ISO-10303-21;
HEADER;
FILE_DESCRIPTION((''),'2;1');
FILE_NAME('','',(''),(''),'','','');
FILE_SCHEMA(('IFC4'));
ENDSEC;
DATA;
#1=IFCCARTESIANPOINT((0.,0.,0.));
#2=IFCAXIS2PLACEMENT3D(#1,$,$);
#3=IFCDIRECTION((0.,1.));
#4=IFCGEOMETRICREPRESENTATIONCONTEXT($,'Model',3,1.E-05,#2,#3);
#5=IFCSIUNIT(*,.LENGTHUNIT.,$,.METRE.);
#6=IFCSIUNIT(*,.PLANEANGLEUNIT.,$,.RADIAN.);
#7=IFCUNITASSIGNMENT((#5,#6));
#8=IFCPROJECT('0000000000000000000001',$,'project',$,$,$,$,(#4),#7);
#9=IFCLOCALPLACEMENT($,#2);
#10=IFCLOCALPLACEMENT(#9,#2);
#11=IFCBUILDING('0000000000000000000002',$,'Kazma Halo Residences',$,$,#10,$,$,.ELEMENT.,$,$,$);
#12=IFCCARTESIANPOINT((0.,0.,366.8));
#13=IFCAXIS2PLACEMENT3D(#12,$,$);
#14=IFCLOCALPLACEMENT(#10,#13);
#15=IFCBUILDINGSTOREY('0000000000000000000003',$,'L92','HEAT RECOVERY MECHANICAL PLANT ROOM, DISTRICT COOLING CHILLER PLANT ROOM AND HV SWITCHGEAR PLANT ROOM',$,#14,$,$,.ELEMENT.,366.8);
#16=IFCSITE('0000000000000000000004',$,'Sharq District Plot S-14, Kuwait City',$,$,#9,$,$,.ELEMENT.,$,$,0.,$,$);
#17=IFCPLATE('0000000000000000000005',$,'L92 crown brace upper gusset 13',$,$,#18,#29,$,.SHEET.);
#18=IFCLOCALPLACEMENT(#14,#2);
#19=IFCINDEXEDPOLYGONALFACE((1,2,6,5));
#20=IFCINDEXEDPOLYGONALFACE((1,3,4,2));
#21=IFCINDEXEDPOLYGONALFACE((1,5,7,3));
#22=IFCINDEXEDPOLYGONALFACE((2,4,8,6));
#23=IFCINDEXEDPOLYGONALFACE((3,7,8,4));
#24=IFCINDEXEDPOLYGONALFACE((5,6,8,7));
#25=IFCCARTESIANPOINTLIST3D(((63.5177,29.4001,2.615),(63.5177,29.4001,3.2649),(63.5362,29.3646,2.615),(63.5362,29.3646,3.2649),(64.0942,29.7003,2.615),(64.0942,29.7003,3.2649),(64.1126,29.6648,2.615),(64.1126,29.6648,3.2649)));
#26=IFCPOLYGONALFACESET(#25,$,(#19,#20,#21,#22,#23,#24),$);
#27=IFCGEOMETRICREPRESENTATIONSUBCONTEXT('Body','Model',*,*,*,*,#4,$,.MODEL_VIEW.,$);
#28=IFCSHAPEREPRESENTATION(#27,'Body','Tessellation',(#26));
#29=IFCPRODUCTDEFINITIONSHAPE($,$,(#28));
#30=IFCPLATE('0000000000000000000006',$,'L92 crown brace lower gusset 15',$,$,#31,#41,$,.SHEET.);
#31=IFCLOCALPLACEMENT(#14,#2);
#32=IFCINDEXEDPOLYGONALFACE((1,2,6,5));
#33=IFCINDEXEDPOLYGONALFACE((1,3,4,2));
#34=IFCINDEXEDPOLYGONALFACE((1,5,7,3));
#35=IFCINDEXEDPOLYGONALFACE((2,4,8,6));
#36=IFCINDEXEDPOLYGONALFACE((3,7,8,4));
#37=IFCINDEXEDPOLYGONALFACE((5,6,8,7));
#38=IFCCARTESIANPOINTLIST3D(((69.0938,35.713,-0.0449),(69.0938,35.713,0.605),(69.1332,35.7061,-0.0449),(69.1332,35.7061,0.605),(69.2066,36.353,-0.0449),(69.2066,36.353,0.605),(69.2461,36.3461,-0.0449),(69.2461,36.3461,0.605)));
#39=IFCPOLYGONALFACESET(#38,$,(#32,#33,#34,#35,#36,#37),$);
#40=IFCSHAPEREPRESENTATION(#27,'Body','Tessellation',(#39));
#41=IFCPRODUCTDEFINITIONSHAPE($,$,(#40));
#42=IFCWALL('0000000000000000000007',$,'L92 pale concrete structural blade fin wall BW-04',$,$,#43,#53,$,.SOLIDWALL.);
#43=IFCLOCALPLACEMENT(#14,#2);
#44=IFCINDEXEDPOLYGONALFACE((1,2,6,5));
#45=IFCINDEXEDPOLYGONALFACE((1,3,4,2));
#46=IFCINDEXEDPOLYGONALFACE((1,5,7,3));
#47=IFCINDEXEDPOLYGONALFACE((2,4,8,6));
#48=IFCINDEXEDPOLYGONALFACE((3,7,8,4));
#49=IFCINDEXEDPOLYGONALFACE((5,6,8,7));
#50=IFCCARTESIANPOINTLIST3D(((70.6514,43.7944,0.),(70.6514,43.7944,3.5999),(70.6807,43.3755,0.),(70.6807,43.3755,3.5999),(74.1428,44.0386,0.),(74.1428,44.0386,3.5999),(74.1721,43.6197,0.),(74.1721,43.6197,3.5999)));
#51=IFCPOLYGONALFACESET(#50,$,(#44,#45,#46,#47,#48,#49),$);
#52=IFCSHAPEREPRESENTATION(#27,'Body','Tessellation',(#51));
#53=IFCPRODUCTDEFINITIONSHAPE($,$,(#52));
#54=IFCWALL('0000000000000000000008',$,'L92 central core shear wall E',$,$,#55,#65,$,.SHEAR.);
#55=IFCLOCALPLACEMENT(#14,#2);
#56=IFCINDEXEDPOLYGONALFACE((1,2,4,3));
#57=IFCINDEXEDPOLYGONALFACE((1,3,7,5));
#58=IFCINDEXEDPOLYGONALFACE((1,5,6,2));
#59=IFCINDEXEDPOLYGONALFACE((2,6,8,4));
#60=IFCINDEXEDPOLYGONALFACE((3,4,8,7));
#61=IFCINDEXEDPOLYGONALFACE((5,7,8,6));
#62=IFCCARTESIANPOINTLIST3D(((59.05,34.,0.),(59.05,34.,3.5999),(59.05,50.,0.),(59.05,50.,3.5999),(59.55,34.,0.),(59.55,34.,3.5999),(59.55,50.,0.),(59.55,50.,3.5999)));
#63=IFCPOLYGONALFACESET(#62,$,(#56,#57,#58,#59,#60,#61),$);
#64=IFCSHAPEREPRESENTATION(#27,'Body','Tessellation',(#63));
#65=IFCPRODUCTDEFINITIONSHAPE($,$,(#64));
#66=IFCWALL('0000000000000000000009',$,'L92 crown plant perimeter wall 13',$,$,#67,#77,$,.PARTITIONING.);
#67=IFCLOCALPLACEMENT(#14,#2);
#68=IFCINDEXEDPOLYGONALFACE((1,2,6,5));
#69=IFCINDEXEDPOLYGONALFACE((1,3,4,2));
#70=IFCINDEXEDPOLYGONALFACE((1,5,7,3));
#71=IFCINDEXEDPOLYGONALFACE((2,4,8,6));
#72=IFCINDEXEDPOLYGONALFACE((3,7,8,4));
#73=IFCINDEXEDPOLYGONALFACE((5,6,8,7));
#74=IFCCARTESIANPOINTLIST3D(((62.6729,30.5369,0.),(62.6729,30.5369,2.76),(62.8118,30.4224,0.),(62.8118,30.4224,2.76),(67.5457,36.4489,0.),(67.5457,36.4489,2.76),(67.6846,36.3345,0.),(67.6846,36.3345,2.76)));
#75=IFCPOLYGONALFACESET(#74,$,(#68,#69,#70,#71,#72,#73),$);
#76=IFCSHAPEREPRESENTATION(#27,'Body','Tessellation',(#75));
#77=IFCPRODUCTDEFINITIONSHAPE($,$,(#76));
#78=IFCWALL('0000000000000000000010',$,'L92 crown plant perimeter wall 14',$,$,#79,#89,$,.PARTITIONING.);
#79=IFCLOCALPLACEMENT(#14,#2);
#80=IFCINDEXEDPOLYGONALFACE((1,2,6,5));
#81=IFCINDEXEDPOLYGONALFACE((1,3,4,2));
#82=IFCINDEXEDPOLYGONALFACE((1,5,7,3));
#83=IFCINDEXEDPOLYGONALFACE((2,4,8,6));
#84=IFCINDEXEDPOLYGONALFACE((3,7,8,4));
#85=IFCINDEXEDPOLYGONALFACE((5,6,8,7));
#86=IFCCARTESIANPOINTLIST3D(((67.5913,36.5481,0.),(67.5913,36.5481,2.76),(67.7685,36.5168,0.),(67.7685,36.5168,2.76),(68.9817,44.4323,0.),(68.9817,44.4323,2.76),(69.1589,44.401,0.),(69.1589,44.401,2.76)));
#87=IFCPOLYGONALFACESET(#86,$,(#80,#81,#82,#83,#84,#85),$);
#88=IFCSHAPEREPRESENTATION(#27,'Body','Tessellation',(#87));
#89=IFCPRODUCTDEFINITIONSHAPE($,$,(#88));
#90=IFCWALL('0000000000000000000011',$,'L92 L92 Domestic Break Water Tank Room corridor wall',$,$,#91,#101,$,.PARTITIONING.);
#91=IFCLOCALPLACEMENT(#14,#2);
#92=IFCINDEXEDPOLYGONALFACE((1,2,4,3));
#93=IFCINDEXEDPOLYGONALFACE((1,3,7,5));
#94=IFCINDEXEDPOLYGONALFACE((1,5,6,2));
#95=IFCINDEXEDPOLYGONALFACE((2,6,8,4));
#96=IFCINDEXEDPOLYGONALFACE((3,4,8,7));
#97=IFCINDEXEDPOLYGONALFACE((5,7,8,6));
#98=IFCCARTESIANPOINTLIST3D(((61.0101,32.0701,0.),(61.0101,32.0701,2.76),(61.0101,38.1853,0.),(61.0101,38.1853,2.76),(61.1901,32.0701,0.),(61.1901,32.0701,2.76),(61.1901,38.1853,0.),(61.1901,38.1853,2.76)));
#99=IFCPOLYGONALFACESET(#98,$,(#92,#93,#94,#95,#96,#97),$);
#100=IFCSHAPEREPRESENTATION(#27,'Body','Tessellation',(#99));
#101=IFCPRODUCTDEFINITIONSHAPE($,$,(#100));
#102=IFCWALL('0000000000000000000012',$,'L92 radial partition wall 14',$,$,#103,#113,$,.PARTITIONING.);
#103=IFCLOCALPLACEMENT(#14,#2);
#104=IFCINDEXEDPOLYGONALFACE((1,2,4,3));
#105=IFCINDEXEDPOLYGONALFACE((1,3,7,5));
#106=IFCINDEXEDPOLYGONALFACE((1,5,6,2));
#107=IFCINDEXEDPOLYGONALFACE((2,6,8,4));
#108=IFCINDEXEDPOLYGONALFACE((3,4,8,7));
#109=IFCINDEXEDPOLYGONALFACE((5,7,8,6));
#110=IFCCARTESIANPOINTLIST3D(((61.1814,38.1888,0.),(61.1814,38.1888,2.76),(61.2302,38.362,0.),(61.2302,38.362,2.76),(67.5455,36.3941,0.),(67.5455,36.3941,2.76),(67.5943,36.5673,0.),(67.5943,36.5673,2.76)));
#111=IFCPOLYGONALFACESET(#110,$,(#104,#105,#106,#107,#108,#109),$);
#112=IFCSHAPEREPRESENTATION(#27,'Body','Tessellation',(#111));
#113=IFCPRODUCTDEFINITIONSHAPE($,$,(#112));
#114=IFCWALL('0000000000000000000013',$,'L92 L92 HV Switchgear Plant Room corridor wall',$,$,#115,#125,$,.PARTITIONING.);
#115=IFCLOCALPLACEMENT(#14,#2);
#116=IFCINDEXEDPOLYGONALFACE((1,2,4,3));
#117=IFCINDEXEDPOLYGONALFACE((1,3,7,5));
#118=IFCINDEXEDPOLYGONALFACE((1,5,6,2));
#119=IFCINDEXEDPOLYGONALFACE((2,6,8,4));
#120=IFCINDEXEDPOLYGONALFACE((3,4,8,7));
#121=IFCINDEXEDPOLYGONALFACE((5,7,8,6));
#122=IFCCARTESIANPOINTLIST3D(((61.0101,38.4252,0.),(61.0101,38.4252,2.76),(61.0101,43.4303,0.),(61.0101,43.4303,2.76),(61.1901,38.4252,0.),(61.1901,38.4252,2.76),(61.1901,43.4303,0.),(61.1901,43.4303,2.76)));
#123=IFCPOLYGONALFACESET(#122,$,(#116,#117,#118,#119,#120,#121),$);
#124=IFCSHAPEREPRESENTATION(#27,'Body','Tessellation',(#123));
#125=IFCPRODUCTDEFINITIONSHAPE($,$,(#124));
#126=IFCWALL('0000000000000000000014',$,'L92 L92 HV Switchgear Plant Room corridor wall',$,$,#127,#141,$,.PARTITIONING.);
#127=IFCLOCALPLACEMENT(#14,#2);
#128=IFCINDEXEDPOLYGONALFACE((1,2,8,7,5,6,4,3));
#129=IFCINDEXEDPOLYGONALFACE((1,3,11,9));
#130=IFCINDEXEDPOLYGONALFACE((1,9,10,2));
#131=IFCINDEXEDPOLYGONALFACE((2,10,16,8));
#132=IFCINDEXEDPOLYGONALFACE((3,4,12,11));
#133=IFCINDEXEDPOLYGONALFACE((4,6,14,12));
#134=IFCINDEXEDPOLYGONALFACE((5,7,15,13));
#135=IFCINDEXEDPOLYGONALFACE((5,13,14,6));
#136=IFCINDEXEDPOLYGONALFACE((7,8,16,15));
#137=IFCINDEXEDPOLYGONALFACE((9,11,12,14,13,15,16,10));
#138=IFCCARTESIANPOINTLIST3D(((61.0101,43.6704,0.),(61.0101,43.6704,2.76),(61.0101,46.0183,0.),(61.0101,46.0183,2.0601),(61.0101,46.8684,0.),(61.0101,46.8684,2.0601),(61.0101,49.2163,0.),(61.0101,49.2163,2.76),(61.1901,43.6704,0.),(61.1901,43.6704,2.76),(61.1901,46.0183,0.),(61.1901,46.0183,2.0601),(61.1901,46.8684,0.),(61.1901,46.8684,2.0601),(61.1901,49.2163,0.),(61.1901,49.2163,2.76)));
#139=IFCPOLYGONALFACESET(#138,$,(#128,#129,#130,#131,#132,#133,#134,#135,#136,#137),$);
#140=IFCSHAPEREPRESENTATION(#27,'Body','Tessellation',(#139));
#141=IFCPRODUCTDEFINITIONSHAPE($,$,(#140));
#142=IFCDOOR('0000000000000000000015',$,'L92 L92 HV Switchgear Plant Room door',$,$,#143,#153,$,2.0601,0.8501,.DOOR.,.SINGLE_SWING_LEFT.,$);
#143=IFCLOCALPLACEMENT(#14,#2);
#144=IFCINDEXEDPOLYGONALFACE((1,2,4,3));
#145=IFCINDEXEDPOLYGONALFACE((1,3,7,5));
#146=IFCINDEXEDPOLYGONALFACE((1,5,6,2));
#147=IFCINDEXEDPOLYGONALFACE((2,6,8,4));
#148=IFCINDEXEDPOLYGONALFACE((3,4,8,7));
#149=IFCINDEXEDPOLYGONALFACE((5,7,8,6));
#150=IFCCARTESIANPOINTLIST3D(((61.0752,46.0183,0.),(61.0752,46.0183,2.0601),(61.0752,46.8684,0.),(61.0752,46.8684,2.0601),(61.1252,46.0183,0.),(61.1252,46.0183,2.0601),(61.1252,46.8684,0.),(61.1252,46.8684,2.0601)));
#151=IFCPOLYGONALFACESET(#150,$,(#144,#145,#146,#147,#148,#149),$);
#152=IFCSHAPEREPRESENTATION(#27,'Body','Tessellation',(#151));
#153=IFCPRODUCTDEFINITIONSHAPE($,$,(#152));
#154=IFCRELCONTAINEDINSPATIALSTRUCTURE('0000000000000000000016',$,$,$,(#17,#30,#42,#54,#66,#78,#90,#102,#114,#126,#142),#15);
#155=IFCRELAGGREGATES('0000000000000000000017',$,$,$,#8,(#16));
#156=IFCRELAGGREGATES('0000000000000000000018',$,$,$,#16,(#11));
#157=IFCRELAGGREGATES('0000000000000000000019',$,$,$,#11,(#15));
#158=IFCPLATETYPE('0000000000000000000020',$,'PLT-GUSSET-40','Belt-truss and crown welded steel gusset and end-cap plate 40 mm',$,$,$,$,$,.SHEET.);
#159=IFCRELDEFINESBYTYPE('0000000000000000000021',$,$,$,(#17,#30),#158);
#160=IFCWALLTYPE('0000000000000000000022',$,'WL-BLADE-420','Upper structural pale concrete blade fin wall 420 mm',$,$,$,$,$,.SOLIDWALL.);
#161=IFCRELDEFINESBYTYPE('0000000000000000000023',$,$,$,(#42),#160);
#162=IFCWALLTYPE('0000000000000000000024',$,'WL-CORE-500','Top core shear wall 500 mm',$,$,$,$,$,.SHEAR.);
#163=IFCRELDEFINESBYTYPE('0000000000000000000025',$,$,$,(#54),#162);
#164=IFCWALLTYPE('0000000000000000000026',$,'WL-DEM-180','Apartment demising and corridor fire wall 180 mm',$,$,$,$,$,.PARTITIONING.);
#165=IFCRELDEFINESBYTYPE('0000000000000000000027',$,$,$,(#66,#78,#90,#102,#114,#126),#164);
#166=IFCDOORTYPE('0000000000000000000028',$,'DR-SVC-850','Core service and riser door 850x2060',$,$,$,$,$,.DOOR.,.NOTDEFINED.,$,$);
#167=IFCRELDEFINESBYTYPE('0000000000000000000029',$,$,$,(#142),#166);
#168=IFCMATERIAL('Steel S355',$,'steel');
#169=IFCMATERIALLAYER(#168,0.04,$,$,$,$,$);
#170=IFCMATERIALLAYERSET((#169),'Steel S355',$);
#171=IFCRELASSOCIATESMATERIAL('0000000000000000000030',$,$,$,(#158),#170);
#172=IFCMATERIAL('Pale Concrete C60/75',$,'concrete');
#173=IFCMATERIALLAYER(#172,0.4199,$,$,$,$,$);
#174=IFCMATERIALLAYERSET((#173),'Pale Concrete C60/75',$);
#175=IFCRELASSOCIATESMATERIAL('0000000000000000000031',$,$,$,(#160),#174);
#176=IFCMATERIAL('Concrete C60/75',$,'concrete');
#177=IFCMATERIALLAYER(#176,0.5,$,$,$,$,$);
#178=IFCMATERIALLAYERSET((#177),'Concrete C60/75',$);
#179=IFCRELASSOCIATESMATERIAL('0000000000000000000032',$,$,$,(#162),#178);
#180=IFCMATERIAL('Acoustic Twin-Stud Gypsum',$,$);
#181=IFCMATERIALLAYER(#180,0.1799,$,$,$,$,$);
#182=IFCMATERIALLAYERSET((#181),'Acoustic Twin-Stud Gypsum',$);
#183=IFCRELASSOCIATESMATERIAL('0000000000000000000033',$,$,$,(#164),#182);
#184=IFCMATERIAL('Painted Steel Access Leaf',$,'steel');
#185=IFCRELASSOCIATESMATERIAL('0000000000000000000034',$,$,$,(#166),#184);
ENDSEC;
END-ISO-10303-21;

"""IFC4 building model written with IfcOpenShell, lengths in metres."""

from ifc_helpers import new_model, si_unit, direction, frame, frame_2d, origin, origin_2d, place, context, subcontext, project, spatial, rectangle, extrude, material, layer, layer_set, type_object, element, fill, save


model = new_model("IFC4")

# Units and contexts
model_context = context("Model", 3, precision=1e-05, world=origin(), true_north=direction((0.0, 1.0)))
body_context = subcontext(model_context, "Body", "Model", "MODEL_VIEW")
ifc_project = project(units=[si_unit("LENGTHUNIT", "METRE"), si_unit("PLANEANGLEUNIT", "RADIAN")], contexts=[model_context])

# Site, building, storey
site_placement = place(None, origin())
site = spatial("IfcSite", under=ifc_project, at=site_placement, Name="Sharq District Plot S-14, Kuwait City", CompositionType="ELEMENT", RefElevation=0.0)
building_placement = place(site_placement, origin())
building = spatial("IfcBuilding", under=site, at=building_placement, Name="Kazma Halo Residences", CompositionType="ELEMENT")
storey_placement = place(building_placement, frame((0.0, 0.0, 366.8)))
storey = spatial("IfcBuildingStorey", under=building, at=storey_placement, Name="L92", Description="HEAT RECOVERY MECHANICAL PLANT ROOM, DISTRICT COOLING CHILLER PLANT ROOM AND HV SWITCHGEAR PLANT ROOM", CompositionType="ELEMENT", Elevation=366.8)

# Shared definitions
ifc_material_1 = material(Name="Steel S355", Category="steel")

# Plates
ifc_layer_1 = layer(ifc_material_1, 0.04)
ifc_layer_set_1 = layer_set([ifc_layer_1], Name="Steel S355")
plate_type_1 = type_object("IfcPlateType", Name="PLT-GUSSET-40", Description="Belt-truss and crown welded steel gusset and end-cap plate 40 mm", PredefinedType="SHEET", material=ifc_layer_set_1)
for number, where, z_axis, x_axis, name in (
    (1, (63.8152, 29.5325, 2.615), (0.0, 0.0, 1.0), (0.88695, 0.461866, 0.0), "L92 crown brace upper gusset 13"),
    (2, (69.1699, 36.0295, -0.0449), (0.0, 0.0, 1.0), (0.173656, 0.984806, 0.0), "L92 crown brace lower gusset 15"),
):
    element("IfcPlate", number, at=place(storey_placement, frame(where, z_axis=z_axis, x_axis=x_axis)), inside=storey, type_object=plate_type_1, Name=name, PredefinedType="SHEET", context=body_context, shape_type="SweptSolid", body=[
        extrude(rectangle(XDim=0.6499, YDim=0.04, at=origin_2d()), origin(), (0.0, 0.0, 1.0), 0.6499),
    ])

# Walls
ifc_material_2 = material(Name="Pale Concrete C60/75", Category="concrete")
ifc_layer_2 = layer(ifc_material_2, 0.4199)
ifc_layer_set_2 = layer_set([ifc_layer_2], Name="Pale Concrete C60/75")
wall_type_1 = type_object("IfcWallType", Name="WL-BLADE-420", Description="Upper structural pale concrete blade fin wall 420 mm", PredefinedType="SOLIDWALL", material=ifc_layer_set_2)
wall_1_placement = place(storey_placement, frame((70.666, 43.585, 0.0), z_axis=(0.0, 0.0, 1.0), x_axis=(0.997564, 0.069755, 0.0)))
element("IfcWall", 3, at=wall_1_placement, inside=storey, type_object=wall_type_1, Name="L92 pale concrete structural blade fin wall BW-04", PredefinedType="SOLIDWALL", context=body_context, shape_type="SweptSolid", body=[
    extrude(rectangle(XDim=3.5, YDim=0.4199, at=frame_2d((1.75, 0.0))), origin(), (0.0, 0.0, 1.0), 3.5999),
])
ifc_material_3 = material(Name="Concrete C60/75", Category="concrete")
ifc_layer_3 = layer(ifc_material_3, 0.5)
ifc_layer_set_3 = layer_set([ifc_layer_3], Name="Concrete C60/75")
wall_type_2 = type_object("IfcWallType", Name="WL-CORE-500", Description="Top core shear wall 500 mm", PredefinedType="SHEAR", material=ifc_layer_set_3)
wall_2_placement = place(storey_placement, frame((59.3, 34.0, 0.0), z_axis=(0.0, 0.0, 1.0), x_axis=(0.0, 1.0, 0.0)))
element("IfcWall", 4, at=wall_2_placement, inside=storey, type_object=wall_type_2, Name="L92 central core shear wall E", PredefinedType="SHEAR", context=body_context, shape_type="SweptSolid", body=[
    extrude(rectangle(XDim=16.0, YDim=0.5, at=frame_2d((8.0, 0.0))), origin(), (0.0, 0.0, 1.0), 3.5999),
])
ifc_material_4 = material(Name="Acoustic Twin-Stud Gypsum")
ifc_layer_4 = layer(ifc_material_4, 0.1799)
ifc_layer_set_4 = layer_set([ifc_layer_4], Name="Acoustic Twin-Stud Gypsum")
wall_type_3 = type_object("IfcWallType", Name="WL-DEM-180", Description="Apartment demising and corridor fire wall 180 mm", PredefinedType="PARTITIONING", material=ifc_layer_set_4)
wall_3_placement = place(storey_placement, frame((62.7424, 30.4797, 0.0), z_axis=(0.0, 0.0, 1.0), x_axis=(0.636019, 0.771674, 0.0)))
element("IfcWall", 5, at=wall_3_placement, inside=storey, type_object=wall_type_3, Name="L92 crown plant perimeter wall 13", PredefinedType="PARTITIONING", context=body_context, shape_type="SweptSolid", body=[
    extrude(rectangle(XDim=7.6614, YDim=0.1799, at=frame_2d((3.8306, 0.0))), origin(), (0.0, 0.0, 1.0), 2.76),
])
wall_4_placement = place(storey_placement, frame((67.6799, 36.5325, 0.0), z_axis=(0.0, 0.0, 1.0), x_axis=(0.173669, 0.984804, 0.0)))
element("IfcWall", 6, at=wall_4_placement, inside=storey, type_object=wall_type_3, Name="L92 crown plant perimeter wall 14", PredefinedType="PARTITIONING", context=body_context, shape_type="SweptSolid", body=[
    extrude(rectangle(XDim=8.0059, YDim=0.1799, at=frame_2d((4.0029, 0.0))), origin(), (0.0, 0.0, 1.0), 2.76),
])
wall_5_placement = place(storey_placement, frame((61.1001, 32.0701, 0.0), z_axis=(0.0, 0.0, 1.0), x_axis=(0.0, 1.0, 0.0)))
element("IfcWall", 7, at=wall_5_placement, inside=storey, type_object=wall_type_3, Name="L92 L92 Domestic Break Water Tank Room corridor wall", PredefinedType="PARTITIONING", context=body_context, shape_type="SweptSolid", body=[
    extrude(rectangle(XDim=6.1152, YDim=0.1799, at=frame_2d((3.0576, 0.0))), origin(), (0.0, 0.0, 1.0), 2.76),
])
wall_6_placement = place(storey_placement, frame((61.2058, 38.2754, 0.0), z_axis=(0.0, 0.0, 1.0), x_axis=(0.962462, -0.271418, 0.0)))
element("IfcWall", 8, at=wall_6_placement, inside=storey, type_object=wall_type_3, Name="L92 radial partition wall 14", PredefinedType="PARTITIONING", context=body_context, shape_type="SweptSolid", body=[
    extrude(rectangle(XDim=6.6123, YDim=0.1799, at=frame_2d((3.3062, 0.0))), origin(), (0.0, 0.0, 1.0), 2.76),
])
wall_7_placement = place(storey_placement, frame((61.1001, 38.4253, 0.0), z_axis=(0.0, 0.0, 1.0), x_axis=(0.0, 1.0, 0.0)))
element("IfcWall", 9, at=wall_7_placement, inside=storey, type_object=wall_type_3, Name="L92 L92 HV Switchgear Plant Room corridor wall", PredefinedType="PARTITIONING", context=body_context, shape_type="SweptSolid", body=[
    extrude(rectangle(XDim=5.0051, YDim=0.1799, at=frame_2d((2.5024, 0.0))), origin(), (0.0, 0.0, 1.0), 2.76),
])

# Wall, opening, door
wall_8_placement = place(storey_placement, frame((61.1001, 43.6704, 0.0), z_axis=(0.0, 0.0, 1.0), x_axis=(0.0, 1.0, 0.0)))
wall_8 = element("IfcWall", 10, at=wall_8_placement, inside=storey, type_object=wall_type_3, Name="L92 L92 HV Switchgear Plant Room corridor wall", PredefinedType="PARTITIONING", context=body_context, shape_type="SweptSolid", body=[
    extrude(rectangle(XDim=5.5459, YDim=0.1799, at=frame_2d((2.7729, 0.0))), origin(), (0.0, 0.0, 1.0), 2.76),
])
opening_placement = place(wall_8_placement, frame((2.3479, 0.0, 0.0)))
opening = element("IfcOpeningElement", 11, at=opening_placement, cuts=wall_8, PredefinedType="OPENING", context=body_context, shape_type="SweptSolid", body=[
    extrude(rectangle(XDim=0.8501, YDim=2.0601, at=frame_2d((0.425, 1.03))), frame((0.0, 0.0999, 0.0), z_axis=(0.0, -1.0, 0.0), x_axis=(1.0, 0.0, 0.0)), (0.0, 0.0, 1.0), 0.2),
])
ifc_material_5 = material(Name="Painted Steel Access Leaf", Category="steel")
door_type = type_object("IfcDoorType", Name="DR-SVC-850", Description="Core service and riser door 850x2060", OperationType="NOTDEFINED", PredefinedType="DOOR", material=ifc_material_5)
door_placement = place(opening_placement, origin())
door = element("IfcDoor", 12, at=door_placement, inside=storey, type_object=door_type, Name="L92 L92 HV Switchgear Plant Room door", OperationType="SINGLE_SWING_LEFT", OverallHeight=2.0601, OverallWidth=0.8501, PredefinedType="DOOR", context=body_context, shape_type="SweptSolid", body=[
    extrude(rectangle(XDim=0.8501, YDim=2.0601, at=frame_2d((0.425, 1.03))), frame((0.0, 0.0249, 0.0), z_axis=(0.0, -1.0, 0.0), x_axis=(1.0, 0.0, 0.0)), (0.0, 0.0, 1.0), 0.05),
])
fill(opening, door)

save(model, "model.ifc")
